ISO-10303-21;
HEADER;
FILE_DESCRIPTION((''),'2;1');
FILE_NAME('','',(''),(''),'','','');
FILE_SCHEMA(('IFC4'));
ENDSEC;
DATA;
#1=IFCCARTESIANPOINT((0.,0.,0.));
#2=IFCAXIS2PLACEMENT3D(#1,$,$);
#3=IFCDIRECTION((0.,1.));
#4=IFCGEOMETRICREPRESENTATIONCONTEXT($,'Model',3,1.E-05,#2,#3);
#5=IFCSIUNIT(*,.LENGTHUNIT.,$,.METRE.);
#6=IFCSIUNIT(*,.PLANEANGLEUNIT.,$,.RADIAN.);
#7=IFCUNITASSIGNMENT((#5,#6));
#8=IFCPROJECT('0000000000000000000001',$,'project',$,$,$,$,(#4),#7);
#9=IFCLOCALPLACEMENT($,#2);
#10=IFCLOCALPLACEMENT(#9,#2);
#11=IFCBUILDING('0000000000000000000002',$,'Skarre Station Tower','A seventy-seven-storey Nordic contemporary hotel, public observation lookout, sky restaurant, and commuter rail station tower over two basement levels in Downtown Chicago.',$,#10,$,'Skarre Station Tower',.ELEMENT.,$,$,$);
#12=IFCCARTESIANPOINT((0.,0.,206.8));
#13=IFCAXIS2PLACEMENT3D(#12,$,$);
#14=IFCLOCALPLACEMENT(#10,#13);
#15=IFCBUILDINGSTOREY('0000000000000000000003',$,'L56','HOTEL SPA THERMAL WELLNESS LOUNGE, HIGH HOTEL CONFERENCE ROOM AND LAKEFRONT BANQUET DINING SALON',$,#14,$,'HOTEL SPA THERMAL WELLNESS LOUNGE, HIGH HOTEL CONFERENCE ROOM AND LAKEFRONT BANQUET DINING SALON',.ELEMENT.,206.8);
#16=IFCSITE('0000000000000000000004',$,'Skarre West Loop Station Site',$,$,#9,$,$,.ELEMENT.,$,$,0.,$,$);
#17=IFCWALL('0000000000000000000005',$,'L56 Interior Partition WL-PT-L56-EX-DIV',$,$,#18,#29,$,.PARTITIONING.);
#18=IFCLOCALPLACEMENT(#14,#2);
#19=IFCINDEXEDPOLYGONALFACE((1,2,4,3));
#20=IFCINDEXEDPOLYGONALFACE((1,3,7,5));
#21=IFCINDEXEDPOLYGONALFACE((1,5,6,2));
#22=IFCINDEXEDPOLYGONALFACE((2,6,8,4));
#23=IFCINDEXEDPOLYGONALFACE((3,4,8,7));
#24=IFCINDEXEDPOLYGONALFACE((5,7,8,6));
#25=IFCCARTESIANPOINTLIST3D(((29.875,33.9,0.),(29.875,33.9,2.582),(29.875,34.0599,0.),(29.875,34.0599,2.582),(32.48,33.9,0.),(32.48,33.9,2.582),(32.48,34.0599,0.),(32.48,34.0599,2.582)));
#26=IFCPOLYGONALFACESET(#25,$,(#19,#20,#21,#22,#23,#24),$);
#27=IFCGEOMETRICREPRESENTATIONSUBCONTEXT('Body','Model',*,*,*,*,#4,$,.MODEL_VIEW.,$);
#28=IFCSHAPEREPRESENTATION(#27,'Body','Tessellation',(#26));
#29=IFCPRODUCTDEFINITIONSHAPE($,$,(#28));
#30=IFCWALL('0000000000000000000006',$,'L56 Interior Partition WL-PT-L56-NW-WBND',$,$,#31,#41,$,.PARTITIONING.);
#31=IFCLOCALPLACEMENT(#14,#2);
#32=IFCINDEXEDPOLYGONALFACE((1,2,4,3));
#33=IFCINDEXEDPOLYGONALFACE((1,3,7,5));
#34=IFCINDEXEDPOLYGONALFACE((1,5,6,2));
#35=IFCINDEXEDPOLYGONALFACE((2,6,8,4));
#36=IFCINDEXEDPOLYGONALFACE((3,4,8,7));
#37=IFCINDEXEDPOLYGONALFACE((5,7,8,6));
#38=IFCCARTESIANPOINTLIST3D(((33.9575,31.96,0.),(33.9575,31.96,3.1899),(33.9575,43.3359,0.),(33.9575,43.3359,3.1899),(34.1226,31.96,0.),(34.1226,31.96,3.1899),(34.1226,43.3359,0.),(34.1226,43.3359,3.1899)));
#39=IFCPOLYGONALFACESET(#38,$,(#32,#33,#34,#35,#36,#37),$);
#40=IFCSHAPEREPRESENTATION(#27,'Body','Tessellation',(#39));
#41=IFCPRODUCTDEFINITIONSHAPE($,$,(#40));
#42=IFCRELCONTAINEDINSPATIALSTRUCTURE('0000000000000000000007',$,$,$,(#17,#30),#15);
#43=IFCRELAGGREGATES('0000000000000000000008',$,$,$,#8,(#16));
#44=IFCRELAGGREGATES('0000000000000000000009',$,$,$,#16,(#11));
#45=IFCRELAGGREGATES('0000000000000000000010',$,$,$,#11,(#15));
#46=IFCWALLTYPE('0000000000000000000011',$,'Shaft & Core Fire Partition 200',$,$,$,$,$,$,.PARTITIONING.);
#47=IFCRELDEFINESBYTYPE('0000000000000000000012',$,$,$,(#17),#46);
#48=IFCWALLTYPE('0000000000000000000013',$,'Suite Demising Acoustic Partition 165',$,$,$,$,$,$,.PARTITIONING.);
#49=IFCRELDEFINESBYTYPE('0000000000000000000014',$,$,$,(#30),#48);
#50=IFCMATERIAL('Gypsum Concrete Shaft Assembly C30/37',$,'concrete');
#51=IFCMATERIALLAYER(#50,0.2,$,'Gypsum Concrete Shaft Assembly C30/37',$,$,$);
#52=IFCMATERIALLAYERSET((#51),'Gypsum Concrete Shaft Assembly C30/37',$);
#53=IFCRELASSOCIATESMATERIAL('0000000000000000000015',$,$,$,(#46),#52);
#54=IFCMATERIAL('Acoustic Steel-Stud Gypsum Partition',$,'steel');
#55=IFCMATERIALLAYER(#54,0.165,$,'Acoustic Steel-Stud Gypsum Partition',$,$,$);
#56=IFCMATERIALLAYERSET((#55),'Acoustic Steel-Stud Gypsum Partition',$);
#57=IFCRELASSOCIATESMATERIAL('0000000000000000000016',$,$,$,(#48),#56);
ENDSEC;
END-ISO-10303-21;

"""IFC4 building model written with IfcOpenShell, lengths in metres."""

from ifc_helpers import new_model, si_unit, direction, frame, frame_2d, origin, place, context, subcontext, project, spatial, rectangle, extrude, material, layer, layer_set, type_object, element, save


model = new_model("IFC4")

# Units and contexts
model_context = context("Model", 3, precision=1e-05, world=origin(), true_north=direction((0.0, 1.0)))
body_context = subcontext(model_context, "Body", "Model", "MODEL_VIEW")
ifc_project = project(units=[si_unit("LENGTHUNIT", "METRE"), si_unit("PLANEANGLEUNIT", "RADIAN")], contexts=[model_context])

# Site, building, storey
site_placement = place(None, origin())
site = spatial("IfcSite", under=ifc_project, at=site_placement, Name="Skarre West Loop Station Site", CompositionType="ELEMENT", RefElevation=0.0)
building_placement = place(site_placement, origin())
building = spatial("IfcBuilding", under=site, at=building_placement, Name="Skarre Station Tower", Description="A seventy-seven-storey Nordic contemporary hotel, public observation lookout, sky restaurant, and commuter rail station tower over two basement levels in Downtown Chicago.", LongName="Skarre Station Tower", CompositionType="ELEMENT")
storey_placement = place(building_placement, frame((0.0, 0.0, 206.8)))
storey = spatial("IfcBuildingStorey", under=building, at=storey_placement, Name="L56", Description="HOTEL SPA THERMAL WELLNESS LOUNGE, HIGH HOTEL CONFERENCE ROOM AND LAKEFRONT BANQUET DINING SALON", LongName="HOTEL SPA THERMAL WELLNESS LOUNGE, HIGH HOTEL CONFERENCE ROOM AND LAKEFRONT BANQUET DINING SALON", CompositionType="ELEMENT", Elevation=206.8)

# Shared definitions
ifc_material_1 = material(Name="Acoustic Steel-Stud Gypsum Partition", Category="steel")

# Walls
ifc_material_2 = material(Name="Gypsum Concrete Shaft Assembly C30/37", Category="concrete")
ifc_layer_1 = layer(ifc_material_2, 0.2, Name="Gypsum Concrete Shaft Assembly C30/37")
ifc_layer_set_1 = layer_set([ifc_layer_1], Name="Gypsum Concrete Shaft Assembly C30/37")
wall_type_1 = type_object("IfcWallType", Name="Shaft & Core Fire Partition 200", PredefinedType="PARTITIONING", material=ifc_layer_set_1)
wall_1_placement = place(storey_placement, frame((29.875, 33.98, 0.0), z_axis=(0.0, 0.0, 1.0), x_axis=(1.0, 0.0, 0.0)))
element("IfcWall", 1, at=wall_1_placement, inside=storey, type_object=wall_type_1, Name="L56 Interior Partition WL-PT-L56-EX-DIV", PredefinedType="PARTITIONING", context=body_context, shape_type="SweptSolid", body=[
    extrude(rectangle(XDim=2.605, YDim=0.1599, at=frame_2d((1.3025, 0.0))), origin(), (0.0, 0.0, 1.0), 2.582),
])
ifc_layer_2 = layer(ifc_material_1, 0.165, Name="Acoustic Steel-Stud Gypsum Partition")
ifc_layer_set_2 = layer_set([ifc_layer_2], Name="Acoustic Steel-Stud Gypsum Partition")
wall_type_2 = type_object("IfcWallType", Name="Suite Demising Acoustic Partition 165", PredefinedType="PARTITIONING", material=ifc_layer_set_2)
wall_2_placement = place(storey_placement, frame((34.04, 31.96, 0.0), z_axis=(0.0, 0.0, 1.0), x_axis=(0.0, 1.0, 0.0)))
element("IfcWall", 2, at=wall_2_placement, inside=storey, type_object=wall_type_2, Name="L56 Interior Partition WL-PT-L56-NW-WBND", PredefinedType="PARTITIONING", context=body_context, shape_type="SweptSolid", body=[
    extrude(rectangle(XDim=11.376, YDim=0.165, at=frame_2d((5.688, 0.0))), origin(), (0.0, 0.0, 1.0), 3.1899),
])

save(model, "model.ifc")
